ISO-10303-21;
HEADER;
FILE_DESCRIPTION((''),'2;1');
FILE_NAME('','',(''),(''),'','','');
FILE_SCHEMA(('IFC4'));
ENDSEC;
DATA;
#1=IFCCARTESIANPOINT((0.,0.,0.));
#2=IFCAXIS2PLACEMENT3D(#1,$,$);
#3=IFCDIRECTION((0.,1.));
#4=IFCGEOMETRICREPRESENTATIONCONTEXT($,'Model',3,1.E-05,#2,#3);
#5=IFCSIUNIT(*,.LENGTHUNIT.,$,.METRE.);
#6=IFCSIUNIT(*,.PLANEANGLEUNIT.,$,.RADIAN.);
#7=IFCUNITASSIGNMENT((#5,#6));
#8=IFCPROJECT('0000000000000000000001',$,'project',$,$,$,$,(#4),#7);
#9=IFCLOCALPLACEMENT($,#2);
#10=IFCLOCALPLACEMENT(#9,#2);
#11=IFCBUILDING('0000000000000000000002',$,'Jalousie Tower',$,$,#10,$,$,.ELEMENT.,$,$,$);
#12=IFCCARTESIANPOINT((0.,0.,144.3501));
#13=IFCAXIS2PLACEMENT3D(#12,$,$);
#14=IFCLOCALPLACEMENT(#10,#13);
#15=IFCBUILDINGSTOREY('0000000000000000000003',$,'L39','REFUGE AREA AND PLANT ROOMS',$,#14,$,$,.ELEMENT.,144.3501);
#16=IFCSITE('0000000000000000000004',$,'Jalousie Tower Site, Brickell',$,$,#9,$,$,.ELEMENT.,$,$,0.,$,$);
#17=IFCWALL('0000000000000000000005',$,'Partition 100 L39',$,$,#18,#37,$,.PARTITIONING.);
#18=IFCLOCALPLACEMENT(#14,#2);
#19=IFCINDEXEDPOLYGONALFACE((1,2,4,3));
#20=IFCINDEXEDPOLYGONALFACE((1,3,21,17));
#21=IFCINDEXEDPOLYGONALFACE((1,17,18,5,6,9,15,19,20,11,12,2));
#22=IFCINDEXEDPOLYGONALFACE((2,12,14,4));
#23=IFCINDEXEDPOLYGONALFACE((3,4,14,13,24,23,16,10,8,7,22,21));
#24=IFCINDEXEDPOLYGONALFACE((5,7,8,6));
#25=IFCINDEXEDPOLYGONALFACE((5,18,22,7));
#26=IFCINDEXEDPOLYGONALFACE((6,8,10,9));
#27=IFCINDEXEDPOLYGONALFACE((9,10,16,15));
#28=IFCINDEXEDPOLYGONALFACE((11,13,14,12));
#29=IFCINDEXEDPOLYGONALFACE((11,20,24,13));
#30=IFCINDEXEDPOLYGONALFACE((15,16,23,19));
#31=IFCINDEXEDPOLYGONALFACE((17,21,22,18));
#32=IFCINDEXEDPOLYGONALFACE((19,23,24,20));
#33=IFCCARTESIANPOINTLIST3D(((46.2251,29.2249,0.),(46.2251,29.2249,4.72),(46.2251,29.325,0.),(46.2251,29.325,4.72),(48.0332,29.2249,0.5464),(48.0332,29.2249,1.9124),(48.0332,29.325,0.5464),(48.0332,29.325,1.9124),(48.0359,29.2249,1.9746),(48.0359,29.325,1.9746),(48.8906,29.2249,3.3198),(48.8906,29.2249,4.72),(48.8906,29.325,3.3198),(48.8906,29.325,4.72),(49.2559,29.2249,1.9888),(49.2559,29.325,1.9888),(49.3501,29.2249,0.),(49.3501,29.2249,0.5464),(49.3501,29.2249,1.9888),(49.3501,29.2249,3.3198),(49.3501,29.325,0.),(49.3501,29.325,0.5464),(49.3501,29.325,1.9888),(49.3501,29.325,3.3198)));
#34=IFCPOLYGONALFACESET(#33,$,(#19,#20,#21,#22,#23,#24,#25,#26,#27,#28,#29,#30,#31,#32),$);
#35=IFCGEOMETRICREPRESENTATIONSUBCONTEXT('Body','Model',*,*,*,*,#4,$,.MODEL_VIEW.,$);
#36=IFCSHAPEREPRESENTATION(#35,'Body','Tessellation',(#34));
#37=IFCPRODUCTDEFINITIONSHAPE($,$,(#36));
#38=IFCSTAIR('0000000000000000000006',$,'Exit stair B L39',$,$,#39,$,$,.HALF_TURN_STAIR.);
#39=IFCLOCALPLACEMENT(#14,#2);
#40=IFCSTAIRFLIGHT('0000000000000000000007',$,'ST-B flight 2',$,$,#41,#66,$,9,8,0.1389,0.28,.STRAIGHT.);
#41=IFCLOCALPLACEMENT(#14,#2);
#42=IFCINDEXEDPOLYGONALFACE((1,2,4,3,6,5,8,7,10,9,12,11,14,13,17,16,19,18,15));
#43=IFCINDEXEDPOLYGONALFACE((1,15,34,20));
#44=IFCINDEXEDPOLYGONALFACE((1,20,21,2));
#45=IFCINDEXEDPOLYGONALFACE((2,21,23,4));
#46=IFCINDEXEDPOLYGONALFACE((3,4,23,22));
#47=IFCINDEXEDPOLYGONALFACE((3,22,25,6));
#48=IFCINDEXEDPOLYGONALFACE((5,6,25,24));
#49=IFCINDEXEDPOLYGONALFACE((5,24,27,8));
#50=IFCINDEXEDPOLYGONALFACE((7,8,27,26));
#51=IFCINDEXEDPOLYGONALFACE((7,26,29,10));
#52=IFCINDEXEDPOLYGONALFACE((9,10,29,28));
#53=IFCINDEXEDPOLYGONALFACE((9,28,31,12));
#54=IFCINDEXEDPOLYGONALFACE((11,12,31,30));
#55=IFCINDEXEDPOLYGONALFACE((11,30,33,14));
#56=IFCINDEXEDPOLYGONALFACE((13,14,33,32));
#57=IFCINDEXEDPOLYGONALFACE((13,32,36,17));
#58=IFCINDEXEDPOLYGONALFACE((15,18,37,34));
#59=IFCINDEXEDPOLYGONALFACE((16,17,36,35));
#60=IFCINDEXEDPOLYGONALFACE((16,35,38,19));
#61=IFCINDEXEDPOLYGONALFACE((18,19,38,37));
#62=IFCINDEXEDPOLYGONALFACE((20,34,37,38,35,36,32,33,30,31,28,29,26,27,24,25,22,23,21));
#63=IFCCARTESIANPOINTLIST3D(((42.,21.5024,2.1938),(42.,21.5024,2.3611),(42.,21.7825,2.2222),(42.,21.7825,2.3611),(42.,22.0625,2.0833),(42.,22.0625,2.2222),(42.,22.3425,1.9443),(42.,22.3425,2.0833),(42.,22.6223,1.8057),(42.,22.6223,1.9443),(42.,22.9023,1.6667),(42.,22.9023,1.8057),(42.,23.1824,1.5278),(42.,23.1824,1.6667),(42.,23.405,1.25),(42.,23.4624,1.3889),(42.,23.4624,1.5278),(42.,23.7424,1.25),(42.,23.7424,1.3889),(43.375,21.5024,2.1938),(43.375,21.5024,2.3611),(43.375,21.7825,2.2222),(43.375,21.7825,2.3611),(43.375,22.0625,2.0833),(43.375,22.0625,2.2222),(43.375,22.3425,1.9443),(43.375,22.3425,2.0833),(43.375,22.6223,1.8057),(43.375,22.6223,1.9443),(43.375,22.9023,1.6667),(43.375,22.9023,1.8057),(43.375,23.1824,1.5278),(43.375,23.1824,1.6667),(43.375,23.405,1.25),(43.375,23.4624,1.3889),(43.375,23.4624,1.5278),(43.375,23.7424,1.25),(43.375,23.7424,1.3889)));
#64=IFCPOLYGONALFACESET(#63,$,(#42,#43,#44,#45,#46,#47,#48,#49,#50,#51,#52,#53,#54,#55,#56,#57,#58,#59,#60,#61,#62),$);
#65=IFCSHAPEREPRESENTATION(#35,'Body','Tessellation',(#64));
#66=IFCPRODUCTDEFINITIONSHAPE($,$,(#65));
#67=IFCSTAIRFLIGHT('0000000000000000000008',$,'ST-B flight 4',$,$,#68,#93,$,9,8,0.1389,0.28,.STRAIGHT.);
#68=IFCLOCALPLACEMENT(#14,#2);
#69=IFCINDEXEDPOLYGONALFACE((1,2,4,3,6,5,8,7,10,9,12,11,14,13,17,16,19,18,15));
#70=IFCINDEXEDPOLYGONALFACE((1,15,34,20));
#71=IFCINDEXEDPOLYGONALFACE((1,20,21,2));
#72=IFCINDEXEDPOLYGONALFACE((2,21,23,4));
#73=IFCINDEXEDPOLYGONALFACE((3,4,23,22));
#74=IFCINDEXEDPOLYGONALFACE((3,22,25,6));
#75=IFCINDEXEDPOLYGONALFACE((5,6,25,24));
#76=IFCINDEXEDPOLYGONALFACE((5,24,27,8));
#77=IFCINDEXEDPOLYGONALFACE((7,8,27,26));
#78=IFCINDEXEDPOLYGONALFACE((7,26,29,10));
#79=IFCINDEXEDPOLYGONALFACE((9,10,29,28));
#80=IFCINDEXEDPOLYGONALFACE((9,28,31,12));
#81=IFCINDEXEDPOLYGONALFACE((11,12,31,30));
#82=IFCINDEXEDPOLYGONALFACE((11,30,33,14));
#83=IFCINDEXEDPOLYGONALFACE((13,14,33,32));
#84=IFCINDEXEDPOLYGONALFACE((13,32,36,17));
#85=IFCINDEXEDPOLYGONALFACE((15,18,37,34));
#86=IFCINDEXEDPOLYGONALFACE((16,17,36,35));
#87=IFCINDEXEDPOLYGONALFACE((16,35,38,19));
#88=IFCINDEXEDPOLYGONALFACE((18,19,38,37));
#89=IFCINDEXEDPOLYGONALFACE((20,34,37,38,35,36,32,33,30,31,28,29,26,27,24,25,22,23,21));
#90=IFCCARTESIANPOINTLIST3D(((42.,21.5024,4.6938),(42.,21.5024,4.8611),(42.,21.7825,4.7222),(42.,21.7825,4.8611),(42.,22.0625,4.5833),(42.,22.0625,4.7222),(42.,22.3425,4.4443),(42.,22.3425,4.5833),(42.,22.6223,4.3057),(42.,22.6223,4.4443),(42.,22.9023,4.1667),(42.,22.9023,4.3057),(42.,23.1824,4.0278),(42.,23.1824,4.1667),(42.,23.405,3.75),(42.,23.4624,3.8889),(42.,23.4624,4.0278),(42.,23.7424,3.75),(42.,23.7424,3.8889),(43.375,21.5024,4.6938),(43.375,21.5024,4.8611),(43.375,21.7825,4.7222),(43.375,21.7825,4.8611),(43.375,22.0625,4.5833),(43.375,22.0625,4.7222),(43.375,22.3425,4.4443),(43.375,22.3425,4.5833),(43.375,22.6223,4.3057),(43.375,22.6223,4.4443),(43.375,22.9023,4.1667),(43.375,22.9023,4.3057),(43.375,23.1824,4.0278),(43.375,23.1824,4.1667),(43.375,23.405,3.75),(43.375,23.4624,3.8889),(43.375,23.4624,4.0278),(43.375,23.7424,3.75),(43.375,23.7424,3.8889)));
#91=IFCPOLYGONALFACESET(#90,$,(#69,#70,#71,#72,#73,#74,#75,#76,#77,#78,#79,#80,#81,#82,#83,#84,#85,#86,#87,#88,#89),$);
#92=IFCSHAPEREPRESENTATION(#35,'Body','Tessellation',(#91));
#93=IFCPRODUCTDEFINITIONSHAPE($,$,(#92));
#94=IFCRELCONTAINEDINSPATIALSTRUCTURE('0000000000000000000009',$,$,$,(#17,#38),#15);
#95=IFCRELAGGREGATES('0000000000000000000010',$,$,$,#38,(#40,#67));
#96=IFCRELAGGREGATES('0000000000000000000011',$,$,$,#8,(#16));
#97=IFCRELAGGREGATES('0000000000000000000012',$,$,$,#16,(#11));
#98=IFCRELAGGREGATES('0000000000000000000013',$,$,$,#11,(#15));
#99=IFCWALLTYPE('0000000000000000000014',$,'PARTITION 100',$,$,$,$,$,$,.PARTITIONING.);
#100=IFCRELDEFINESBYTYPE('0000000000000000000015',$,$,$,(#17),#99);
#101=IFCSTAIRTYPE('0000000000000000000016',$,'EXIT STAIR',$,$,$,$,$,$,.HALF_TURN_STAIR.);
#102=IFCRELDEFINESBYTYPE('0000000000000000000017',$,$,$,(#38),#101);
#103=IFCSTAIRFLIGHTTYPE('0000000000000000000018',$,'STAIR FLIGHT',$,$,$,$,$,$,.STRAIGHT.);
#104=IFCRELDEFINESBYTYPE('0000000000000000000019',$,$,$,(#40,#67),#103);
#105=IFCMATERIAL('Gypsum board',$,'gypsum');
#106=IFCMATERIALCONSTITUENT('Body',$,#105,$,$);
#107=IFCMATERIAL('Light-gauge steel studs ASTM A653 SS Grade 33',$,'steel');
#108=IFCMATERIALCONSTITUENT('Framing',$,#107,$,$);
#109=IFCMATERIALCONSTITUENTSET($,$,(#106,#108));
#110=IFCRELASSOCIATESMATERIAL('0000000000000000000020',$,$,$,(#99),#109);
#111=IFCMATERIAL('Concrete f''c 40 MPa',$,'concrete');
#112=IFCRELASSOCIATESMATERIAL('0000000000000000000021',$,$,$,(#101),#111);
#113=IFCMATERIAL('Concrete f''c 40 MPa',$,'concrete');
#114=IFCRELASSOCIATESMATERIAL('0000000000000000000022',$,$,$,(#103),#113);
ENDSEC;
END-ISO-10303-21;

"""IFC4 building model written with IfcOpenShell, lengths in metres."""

from ifc_helpers import new_model, si_unit, direction, frame, origin, place, context, subcontext, project, spatial, polyline, outline, extrude, material, constituent, constituent_set, type_object, element, aggregate, save


model = new_model("IFC4")

# Units and contexts
model_context = context("Model", 3, precision=1e-05, world=origin(), true_north=direction((0.0, 1.0)))
body_context = subcontext(model_context, "Body", "Model", "MODEL_VIEW")
ifc_project = project(units=[si_unit("LENGTHUNIT", "METRE"), si_unit("PLANEANGLEUNIT", "RADIAN")], contexts=[model_context])

# Site, building, storey
site_placement = place(None, origin())
site = spatial("IfcSite", under=ifc_project, at=site_placement, Name="Jalousie Tower Site, Brickell", CompositionType="ELEMENT", RefElevation=0.0)
building_placement = place(site_placement, origin())
building = spatial("IfcBuilding", under=site, at=building_placement, Name="Jalousie Tower", CompositionType="ELEMENT")
storey_placement = place(building_placement, frame((0.0, 0.0, 144.3501)))
storey = spatial("IfcBuildingStorey", under=building, at=storey_placement, Name="L39", Description="REFUGE AREA AND PLANT ROOMS", CompositionType="ELEMENT", Elevation=144.3501)

# Wall
ifc_material_1 = material(Name="Gypsum board", Category="gypsum")
ifc_constituent_1 = constituent(ifc_material_1, Name="Body")
ifc_material_2 = material(Name="Light-gauge steel studs ASTM A653 SS Grade 33", Category="steel")
ifc_constituent_2 = constituent(ifc_material_2, Name="Framing")
ifc_constituent_set_1 = constituent_set(constituents=[ifc_constituent_1, ifc_constituent_2])
wall_type_1 = type_object("IfcWallType", Name="PARTITION 100", PredefinedType="PARTITIONING", material=ifc_constituent_set_1)
wall_1_placement = place(storey_placement, frame((46.2251, 29.2749, 0.0), z_axis=(0.0, 0.0, 1.0), x_axis=(1.0, 0.0, 0.0)))
element("IfcWall", 1, at=wall_1_placement, inside=storey, type_object=wall_type_1, Name="Partition 100 L39", PredefinedType="PARTITIONING", context=body_context, shape_type="SweptSolid", body=[
    extrude(outline(polyline([(0.0, 0.0), (3.125, 0.0), (3.125, 0.5464), (1.8081, 0.5464), (1.8081, 1.9124), (1.8108, 1.9746), (3.0308, 1.9888), (3.125, 1.9888), (3.125, 3.3198), (2.6655, 3.3198), (2.6655, 4.72), (0.0, 4.72), (0.0, 0.0)])), frame((0.0, 0.05, 0.0), z_axis=(0.0, -1.0, 0.0), x_axis=(1.0, 0.0, 0.0)), (0.0, 0.0, 1.0), 0.1001),
])

# Stair, stair flights
ifc_material_3 = material(Name="Concrete f'c 40 MPa", Category="concrete")
stair_type = type_object("IfcStairType", Name="EXIT STAIR", PredefinedType="HALF_TURN_STAIR", material=ifc_material_3)
stair_placement = place(storey_placement, origin())
stair = element("IfcStair", 2, at=stair_placement, inside=storey, type_object=stair_type, Name="Exit stair B L39", PredefinedType="HALF_TURN_STAIR")
ifc_material_4 = material(Name="Concrete f'c 40 MPa", Category="concrete")
stair_flight_type = type_object("IfcStairFlightType", Name="STAIR FLIGHT", PredefinedType="STRAIGHT", material=ifc_material_4)
stair_flight_1_placement = place(storey_placement, frame((42.6875, 23.7424, 1.25), z_axis=(0.0, 0.0, 1.0), x_axis=(0.0, -1.0, 0.0)))
stair_flight_1 = element("IfcStairFlight", 3, at=stair_flight_1_placement, type_object=stair_flight_type, Name="ST-B flight 2", NumberOfRisers=9, NumberOfTreads=8, PredefinedType="STRAIGHT", RiserHeight=0.1389, TreadLength=0.28, context=body_context, shape_type="SweptSolid", body=[
    extrude(outline(polyline([(0.0, 0.0), (0.0, 0.1389), (0.28, 0.1389), (0.28, 0.2778), (0.5601, 0.2778), (0.5601, 0.4167), (0.8401, 0.4167), (0.8401, 0.5557), (1.1201, 0.5557), (1.1201, 0.6943), (1.3999, 0.6943), (1.3999, 0.8333), (1.6799, 0.8333), (1.6799, 0.9722), (1.96, 0.9722), (1.96, 1.1111), (2.24, 1.1111), (2.24, 1.25), (2.24, 0.9438), (0.3374, 0.0), (0.0, 0.0)])), frame((0.0, 0.6875, 0.0), z_axis=(0.0, -1.0, 0.0), x_axis=(1.0, 0.0, 0.0)), (0.0, 0.0, 1.0), 1.375),
])
stair_flight_2_placement = place(storey_placement, frame((42.6875, 23.7424, 3.75), z_axis=(0.0, 0.0, 1.0), x_axis=(0.0, -1.0, 0.0)))
stair_flight_2 = element("IfcStairFlight", 4, at=stair_flight_2_placement, type_object=stair_flight_type, Name="ST-B flight 4", NumberOfRisers=9, NumberOfTreads=8, PredefinedType="STRAIGHT", RiserHeight=0.1389, TreadLength=0.28, context=body_context, shape_type="SweptSolid", body=[
    extrude(outline(polyline([(0.0, 0.0), (0.0, 0.1389), (0.28, 0.1389), (0.28, 0.2778), (0.5601, 0.2778), (0.5601, 0.4167), (0.8401, 0.4167), (0.8401, 0.5557), (1.1201, 0.5557), (1.1201, 0.6943), (1.3999, 0.6943), (1.3999, 0.8333), (1.6799, 0.8333), (1.6799, 0.9722), (1.96, 0.9722), (1.96, 1.1111), (2.24, 1.1111), (2.24, 1.25), (2.24, 0.9438), (0.3374, 0.0), (0.0, 0.0)])), frame((0.0, 0.6875, 0.0), z_axis=(0.0, -1.0, 0.0), x_axis=(1.0, 0.0, 0.0)), (0.0, 0.0, 1.0), 1.375),
])
aggregate(stair, [stair_flight_1, stair_flight_2])

save(model, "model.ifc")
